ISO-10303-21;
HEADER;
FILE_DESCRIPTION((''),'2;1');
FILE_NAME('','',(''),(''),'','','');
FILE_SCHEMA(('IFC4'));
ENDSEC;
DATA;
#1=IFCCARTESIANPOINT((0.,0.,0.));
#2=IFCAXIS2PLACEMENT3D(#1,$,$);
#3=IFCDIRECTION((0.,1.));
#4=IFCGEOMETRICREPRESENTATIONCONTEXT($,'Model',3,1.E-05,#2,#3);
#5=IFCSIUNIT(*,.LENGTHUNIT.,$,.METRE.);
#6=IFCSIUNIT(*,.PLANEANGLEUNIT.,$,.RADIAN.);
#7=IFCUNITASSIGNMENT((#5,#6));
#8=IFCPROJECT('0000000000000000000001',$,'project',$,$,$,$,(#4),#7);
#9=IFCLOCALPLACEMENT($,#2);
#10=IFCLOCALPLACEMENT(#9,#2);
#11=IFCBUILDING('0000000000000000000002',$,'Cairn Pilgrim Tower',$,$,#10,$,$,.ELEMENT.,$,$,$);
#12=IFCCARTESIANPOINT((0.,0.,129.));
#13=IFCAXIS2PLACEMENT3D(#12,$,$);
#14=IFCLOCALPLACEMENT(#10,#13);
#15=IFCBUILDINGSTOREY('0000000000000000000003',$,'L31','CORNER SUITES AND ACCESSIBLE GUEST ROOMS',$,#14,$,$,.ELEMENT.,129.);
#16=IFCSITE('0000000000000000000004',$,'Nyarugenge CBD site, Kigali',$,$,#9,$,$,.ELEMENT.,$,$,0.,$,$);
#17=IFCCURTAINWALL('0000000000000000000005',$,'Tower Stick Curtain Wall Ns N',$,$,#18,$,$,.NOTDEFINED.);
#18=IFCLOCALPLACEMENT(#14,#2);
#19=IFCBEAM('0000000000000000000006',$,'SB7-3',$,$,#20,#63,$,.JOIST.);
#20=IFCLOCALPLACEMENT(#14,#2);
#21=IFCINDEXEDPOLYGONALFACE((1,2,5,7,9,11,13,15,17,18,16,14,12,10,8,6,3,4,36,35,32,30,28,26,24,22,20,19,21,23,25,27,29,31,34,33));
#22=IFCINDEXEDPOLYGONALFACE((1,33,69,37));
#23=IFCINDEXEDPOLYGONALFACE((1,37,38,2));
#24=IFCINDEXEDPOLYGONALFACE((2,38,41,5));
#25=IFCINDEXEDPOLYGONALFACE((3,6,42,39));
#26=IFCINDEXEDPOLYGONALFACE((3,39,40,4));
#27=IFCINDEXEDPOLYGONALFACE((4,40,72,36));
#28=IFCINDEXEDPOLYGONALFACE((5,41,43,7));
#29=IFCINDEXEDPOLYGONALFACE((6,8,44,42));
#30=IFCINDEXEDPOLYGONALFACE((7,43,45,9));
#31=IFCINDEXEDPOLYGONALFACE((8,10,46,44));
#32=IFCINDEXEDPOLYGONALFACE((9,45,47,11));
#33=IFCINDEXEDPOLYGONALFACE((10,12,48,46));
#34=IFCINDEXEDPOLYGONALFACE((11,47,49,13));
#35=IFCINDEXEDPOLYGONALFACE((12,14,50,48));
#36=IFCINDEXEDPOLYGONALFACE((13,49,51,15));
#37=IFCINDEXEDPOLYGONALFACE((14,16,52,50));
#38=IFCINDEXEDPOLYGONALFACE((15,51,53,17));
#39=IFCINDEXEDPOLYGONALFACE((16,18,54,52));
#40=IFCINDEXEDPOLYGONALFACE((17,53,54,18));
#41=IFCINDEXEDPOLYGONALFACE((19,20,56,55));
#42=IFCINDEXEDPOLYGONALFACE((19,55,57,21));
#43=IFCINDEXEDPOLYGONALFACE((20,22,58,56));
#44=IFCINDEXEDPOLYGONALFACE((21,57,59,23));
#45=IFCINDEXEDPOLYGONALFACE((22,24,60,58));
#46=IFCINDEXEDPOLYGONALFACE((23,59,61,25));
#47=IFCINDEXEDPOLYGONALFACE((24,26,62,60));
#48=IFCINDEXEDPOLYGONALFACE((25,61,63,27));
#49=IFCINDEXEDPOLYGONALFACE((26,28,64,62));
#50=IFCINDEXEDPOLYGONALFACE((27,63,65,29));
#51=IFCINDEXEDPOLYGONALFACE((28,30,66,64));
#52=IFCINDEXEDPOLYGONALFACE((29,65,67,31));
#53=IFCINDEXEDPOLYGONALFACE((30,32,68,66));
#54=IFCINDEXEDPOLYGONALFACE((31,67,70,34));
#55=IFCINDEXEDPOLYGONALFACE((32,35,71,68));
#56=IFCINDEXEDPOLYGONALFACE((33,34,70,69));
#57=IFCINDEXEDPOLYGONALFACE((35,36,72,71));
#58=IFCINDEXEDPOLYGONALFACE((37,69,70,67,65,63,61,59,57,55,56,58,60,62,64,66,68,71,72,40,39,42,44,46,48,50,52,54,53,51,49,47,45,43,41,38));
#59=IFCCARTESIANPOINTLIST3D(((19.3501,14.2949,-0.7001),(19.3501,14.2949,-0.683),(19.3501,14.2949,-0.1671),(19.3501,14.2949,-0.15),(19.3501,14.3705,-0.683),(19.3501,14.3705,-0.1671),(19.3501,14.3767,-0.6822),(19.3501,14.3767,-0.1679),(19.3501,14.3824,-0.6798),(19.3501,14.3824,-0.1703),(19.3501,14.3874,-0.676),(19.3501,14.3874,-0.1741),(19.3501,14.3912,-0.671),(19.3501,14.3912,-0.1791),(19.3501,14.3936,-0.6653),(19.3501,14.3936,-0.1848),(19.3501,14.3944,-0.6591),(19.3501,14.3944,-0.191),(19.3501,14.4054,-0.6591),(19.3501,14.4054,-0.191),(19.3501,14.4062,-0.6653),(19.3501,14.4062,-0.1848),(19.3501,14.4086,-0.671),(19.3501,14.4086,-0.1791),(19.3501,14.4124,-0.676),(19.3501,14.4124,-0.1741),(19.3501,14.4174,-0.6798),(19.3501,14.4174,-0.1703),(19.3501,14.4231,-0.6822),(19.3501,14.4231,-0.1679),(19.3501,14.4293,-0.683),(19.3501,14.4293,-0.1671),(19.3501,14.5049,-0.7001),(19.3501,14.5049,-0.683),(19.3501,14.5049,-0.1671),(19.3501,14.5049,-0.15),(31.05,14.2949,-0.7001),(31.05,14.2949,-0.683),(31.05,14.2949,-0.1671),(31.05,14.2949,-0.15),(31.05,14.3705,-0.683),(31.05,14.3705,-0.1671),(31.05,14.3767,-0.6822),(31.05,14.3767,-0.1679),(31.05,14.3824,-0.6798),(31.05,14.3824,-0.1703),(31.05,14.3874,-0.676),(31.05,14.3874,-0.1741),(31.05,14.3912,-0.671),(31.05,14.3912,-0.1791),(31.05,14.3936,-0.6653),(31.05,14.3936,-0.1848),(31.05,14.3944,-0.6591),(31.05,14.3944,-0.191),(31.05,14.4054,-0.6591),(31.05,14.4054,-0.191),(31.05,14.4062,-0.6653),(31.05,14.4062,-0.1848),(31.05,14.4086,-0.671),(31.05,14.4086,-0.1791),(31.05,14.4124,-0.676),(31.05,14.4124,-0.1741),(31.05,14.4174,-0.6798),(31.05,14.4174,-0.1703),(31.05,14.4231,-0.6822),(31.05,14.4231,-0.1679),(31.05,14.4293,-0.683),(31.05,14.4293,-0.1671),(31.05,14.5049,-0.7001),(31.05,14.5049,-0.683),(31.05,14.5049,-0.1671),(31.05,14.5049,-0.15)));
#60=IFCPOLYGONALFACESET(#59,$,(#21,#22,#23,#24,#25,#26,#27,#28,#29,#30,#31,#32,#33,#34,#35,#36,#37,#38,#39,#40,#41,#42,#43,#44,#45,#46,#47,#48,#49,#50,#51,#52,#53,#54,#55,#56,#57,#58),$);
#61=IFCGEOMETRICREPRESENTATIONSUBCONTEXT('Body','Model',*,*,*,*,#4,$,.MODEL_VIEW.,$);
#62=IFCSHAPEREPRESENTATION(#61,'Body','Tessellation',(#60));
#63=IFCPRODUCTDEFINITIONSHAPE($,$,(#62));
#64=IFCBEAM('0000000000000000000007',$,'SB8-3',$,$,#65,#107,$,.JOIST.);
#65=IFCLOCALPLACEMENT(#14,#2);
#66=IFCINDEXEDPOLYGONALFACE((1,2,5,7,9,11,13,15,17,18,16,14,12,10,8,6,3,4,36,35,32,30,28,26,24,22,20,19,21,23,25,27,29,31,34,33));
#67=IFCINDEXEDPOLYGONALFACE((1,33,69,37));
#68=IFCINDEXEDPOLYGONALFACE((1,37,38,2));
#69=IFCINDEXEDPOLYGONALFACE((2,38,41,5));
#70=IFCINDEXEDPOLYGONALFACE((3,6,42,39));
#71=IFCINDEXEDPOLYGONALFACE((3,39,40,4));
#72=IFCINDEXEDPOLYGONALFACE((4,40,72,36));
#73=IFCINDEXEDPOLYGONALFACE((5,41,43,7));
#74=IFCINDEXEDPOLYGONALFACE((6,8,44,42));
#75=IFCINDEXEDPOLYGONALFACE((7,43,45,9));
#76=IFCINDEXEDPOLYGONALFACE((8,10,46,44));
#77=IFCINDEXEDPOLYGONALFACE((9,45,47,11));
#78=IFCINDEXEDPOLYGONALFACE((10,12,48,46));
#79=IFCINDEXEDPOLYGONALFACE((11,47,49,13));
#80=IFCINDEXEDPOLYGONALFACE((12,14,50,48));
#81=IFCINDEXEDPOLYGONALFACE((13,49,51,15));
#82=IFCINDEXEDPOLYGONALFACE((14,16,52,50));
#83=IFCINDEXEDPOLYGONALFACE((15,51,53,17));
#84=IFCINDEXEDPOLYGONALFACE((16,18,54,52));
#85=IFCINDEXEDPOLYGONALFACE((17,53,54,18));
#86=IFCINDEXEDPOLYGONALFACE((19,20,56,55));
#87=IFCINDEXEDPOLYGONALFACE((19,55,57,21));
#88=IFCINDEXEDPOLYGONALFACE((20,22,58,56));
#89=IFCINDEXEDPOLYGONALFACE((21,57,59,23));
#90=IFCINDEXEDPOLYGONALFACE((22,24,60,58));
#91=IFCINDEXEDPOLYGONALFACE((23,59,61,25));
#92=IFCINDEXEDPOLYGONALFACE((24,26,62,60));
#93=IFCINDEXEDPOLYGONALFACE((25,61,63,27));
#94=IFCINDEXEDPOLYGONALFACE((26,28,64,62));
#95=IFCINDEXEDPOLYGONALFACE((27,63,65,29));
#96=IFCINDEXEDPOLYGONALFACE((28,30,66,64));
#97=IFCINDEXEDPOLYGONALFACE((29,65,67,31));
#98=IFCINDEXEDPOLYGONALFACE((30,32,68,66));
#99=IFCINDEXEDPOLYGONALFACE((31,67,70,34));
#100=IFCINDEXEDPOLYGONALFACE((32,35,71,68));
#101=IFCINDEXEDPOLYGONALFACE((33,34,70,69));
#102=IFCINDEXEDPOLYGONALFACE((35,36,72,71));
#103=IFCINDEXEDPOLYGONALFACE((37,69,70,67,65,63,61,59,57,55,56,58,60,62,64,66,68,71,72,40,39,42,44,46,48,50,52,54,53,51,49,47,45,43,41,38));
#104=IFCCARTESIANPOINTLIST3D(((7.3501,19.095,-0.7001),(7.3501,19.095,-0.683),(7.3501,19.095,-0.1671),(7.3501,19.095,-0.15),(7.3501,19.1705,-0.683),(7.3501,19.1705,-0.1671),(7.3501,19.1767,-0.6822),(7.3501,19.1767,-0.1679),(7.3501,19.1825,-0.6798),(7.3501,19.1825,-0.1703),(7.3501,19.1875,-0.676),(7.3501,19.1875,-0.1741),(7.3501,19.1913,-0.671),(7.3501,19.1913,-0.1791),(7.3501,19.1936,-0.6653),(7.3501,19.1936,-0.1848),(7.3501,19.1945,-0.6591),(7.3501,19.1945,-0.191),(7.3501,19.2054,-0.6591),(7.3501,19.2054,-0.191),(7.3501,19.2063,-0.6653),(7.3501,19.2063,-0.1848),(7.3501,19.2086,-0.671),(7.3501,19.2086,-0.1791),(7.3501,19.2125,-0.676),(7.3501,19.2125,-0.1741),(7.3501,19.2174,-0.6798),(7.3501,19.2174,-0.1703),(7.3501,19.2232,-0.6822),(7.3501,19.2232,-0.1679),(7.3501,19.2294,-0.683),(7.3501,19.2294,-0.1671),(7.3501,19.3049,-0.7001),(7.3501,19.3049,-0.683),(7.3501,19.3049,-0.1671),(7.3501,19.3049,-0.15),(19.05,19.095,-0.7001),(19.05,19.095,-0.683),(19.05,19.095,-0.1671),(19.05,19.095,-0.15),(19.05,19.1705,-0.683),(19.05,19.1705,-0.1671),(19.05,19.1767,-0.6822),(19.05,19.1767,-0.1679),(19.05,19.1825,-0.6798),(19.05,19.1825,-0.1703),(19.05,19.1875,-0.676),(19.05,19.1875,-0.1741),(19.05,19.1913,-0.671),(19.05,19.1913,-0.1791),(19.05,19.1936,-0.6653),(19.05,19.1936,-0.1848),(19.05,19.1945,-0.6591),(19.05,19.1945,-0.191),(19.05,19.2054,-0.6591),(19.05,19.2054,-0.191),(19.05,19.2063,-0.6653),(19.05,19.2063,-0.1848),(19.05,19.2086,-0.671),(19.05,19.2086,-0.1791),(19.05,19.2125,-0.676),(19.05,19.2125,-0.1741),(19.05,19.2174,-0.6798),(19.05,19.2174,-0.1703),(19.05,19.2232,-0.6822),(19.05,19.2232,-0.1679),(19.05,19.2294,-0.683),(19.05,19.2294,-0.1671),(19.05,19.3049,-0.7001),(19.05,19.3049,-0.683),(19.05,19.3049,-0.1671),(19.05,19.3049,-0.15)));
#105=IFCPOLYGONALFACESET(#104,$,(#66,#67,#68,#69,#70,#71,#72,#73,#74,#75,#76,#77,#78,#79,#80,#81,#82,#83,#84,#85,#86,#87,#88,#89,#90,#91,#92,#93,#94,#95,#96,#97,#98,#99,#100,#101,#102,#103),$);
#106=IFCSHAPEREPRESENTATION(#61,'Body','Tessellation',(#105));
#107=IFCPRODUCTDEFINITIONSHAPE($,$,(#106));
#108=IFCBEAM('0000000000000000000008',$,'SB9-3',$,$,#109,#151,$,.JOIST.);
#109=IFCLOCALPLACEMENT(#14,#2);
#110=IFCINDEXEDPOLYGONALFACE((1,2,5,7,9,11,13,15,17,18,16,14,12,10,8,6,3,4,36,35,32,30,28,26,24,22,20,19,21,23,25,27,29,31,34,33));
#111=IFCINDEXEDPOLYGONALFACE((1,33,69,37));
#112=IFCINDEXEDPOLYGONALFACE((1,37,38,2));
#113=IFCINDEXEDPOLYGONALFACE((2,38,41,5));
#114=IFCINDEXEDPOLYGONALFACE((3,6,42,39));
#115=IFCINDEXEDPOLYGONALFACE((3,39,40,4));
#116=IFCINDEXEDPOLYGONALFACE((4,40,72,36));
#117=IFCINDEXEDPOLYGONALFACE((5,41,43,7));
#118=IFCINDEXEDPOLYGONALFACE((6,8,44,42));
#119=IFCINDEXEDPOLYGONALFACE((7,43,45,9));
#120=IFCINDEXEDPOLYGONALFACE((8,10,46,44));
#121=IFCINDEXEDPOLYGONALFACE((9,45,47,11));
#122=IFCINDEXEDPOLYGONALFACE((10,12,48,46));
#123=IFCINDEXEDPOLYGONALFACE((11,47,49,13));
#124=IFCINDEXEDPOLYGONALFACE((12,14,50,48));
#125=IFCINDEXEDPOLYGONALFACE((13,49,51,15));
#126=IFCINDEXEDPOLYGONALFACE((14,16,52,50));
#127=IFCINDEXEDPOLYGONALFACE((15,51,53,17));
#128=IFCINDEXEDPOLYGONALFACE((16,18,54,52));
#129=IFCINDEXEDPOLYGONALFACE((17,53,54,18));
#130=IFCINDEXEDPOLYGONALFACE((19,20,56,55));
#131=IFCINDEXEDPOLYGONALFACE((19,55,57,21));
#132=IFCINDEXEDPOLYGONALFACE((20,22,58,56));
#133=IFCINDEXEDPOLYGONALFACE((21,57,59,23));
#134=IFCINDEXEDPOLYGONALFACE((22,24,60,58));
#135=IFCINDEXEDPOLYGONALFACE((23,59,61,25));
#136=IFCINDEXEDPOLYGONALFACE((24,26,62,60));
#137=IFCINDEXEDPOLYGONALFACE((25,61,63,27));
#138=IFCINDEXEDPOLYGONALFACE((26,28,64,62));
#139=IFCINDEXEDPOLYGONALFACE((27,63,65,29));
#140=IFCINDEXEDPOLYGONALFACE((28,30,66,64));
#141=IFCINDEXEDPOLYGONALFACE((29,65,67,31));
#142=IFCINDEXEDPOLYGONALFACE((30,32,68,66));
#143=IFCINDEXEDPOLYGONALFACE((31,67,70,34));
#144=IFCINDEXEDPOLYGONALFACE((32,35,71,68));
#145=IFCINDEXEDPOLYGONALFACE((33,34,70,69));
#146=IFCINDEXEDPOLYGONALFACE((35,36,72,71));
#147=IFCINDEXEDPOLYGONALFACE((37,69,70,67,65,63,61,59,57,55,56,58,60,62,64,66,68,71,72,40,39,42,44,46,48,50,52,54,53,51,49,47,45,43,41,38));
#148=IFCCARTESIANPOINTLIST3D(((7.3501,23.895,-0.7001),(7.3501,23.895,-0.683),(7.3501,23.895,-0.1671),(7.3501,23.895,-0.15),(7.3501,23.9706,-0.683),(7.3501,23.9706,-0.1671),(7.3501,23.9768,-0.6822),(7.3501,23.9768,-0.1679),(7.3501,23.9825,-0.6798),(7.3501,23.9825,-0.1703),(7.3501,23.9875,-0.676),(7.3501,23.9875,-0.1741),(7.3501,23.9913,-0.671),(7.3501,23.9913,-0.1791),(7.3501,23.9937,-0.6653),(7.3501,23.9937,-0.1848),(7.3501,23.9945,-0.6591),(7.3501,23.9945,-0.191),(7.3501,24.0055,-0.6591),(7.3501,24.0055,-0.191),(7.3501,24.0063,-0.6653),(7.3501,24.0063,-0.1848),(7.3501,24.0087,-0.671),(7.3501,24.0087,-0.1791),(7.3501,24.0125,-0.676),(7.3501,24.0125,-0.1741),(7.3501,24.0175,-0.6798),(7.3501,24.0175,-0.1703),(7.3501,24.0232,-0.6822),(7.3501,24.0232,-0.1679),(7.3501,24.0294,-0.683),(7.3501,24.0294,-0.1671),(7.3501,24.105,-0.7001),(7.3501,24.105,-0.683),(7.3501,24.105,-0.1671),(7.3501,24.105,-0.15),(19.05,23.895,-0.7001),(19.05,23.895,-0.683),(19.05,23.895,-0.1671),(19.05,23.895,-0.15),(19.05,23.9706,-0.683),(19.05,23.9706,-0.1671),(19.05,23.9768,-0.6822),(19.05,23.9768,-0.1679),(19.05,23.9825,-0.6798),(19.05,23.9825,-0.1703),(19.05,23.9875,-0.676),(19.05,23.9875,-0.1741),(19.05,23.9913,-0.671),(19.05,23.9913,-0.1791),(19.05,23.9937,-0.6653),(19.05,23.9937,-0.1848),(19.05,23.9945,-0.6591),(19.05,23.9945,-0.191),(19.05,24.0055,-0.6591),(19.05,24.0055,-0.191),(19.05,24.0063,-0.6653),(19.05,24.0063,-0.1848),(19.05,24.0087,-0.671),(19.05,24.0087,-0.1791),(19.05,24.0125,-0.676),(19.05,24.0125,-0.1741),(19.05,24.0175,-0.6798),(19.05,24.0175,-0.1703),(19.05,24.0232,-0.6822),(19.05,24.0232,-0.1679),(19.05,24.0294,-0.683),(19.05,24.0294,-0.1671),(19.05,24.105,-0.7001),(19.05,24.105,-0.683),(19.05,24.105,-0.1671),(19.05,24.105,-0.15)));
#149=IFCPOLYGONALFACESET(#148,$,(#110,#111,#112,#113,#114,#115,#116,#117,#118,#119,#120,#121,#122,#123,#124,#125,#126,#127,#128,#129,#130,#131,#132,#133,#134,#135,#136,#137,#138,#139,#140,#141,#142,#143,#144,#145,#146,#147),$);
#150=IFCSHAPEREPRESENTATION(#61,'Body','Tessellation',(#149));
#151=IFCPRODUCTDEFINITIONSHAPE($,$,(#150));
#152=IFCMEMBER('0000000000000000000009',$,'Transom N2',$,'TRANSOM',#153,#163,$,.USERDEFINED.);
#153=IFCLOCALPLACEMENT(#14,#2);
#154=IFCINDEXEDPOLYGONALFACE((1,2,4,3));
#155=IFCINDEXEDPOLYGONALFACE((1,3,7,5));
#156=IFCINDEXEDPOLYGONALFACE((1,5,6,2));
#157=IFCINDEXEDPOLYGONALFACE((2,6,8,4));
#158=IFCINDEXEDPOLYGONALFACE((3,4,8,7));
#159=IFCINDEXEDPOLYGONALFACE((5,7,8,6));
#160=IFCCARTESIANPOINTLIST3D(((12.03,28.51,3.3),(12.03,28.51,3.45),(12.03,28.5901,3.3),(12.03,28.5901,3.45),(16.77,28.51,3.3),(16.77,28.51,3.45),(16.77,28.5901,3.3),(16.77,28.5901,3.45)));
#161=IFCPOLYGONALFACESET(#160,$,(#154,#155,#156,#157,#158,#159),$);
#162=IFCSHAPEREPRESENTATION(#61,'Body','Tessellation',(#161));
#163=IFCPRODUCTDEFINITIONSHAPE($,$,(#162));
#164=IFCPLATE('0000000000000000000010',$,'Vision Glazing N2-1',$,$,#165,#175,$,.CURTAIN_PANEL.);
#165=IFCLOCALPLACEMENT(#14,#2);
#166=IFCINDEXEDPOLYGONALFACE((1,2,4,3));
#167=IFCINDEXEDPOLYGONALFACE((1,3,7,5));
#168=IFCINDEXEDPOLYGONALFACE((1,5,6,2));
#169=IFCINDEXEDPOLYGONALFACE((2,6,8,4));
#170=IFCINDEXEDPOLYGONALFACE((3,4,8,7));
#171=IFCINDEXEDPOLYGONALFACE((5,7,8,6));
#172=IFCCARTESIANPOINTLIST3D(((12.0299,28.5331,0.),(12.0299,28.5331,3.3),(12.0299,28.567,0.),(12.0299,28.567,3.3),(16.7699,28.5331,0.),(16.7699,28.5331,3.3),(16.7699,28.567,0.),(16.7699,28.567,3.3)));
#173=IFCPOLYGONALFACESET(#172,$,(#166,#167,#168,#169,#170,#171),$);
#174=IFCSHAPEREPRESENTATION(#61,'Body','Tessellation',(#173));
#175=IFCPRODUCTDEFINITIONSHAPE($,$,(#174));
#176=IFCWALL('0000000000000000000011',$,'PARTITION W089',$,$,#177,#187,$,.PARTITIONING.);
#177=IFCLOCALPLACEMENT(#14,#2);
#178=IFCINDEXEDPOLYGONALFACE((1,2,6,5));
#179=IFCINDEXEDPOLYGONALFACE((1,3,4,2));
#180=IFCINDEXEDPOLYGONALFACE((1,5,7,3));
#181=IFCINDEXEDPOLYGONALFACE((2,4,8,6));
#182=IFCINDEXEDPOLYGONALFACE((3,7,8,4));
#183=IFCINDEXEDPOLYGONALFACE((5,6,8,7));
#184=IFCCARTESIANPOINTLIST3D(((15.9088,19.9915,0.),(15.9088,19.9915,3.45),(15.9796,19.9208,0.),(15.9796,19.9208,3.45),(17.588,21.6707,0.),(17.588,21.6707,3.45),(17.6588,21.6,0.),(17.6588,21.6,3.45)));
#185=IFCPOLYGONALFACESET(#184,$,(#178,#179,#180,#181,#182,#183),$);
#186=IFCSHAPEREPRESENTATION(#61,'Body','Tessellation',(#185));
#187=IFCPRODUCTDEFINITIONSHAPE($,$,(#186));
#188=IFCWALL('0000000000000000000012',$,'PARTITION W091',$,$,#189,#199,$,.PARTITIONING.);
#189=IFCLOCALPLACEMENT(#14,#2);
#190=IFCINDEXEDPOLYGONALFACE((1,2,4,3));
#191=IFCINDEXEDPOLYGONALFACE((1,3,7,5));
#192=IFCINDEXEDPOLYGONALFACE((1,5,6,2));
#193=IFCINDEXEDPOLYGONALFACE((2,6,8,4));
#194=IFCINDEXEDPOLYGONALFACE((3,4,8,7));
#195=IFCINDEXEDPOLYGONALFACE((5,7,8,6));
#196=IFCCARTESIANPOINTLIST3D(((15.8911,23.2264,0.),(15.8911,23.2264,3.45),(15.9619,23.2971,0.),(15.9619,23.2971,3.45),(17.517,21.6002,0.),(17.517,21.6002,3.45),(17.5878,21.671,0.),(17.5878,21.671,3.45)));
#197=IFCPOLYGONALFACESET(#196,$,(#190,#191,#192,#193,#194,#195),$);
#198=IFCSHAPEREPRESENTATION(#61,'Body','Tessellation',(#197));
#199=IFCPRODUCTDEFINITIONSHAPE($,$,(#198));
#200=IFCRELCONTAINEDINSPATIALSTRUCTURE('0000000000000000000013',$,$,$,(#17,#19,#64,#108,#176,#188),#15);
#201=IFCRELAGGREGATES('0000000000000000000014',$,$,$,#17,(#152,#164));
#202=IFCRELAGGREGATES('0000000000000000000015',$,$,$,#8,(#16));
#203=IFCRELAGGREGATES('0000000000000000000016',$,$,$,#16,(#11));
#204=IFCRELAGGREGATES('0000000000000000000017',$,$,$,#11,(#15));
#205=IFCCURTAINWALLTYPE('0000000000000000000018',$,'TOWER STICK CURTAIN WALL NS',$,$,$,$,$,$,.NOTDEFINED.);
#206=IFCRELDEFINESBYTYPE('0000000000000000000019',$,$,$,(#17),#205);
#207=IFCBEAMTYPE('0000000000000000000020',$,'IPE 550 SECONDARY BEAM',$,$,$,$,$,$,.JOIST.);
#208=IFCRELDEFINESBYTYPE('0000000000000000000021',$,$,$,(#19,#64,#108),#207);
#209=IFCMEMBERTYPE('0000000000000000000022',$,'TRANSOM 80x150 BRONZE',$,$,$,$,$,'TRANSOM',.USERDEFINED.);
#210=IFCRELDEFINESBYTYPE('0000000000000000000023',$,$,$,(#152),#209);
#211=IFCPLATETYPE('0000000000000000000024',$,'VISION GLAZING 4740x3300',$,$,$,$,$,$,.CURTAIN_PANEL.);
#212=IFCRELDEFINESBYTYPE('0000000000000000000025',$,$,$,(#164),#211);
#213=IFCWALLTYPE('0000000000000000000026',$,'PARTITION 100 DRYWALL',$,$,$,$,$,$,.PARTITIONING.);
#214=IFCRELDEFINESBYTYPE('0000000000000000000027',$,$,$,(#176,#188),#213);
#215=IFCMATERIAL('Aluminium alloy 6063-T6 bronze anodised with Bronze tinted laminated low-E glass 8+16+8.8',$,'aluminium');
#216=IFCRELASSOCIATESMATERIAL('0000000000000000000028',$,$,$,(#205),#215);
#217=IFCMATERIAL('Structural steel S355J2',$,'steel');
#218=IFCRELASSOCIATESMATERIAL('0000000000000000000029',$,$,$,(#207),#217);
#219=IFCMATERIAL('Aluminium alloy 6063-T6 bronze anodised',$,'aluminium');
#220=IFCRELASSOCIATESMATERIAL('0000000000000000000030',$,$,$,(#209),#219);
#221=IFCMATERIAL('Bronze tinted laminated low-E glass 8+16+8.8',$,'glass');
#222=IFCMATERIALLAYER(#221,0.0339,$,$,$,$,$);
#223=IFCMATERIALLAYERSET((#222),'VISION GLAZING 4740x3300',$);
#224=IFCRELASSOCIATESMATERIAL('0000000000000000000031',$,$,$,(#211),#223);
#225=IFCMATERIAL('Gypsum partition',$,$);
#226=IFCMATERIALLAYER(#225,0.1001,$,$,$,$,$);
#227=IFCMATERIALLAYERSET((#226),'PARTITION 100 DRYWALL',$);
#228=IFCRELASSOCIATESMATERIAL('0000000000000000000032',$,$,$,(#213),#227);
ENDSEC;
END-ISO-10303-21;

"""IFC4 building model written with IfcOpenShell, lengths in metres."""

from ifc_helpers import new_model, si_unit, direction, frame, frame_2d, origin, origin_2d, place, context, subcontext, project, spatial, rectangle, i_section, extrude, material, layer, layer_set, material_profile, profile_set, type_object, element, aggregate, save


model = new_model("IFC4")

# Units and contexts
model_context = context("Model", 3, precision=1e-05, world=origin(), true_north=direction((0.0, 1.0)))
body_context = subcontext(model_context, "Body", "Model", "MODEL_VIEW")
ifc_project = project(units=[si_unit("LENGTHUNIT", "METRE"), si_unit("PLANEANGLEUNIT", "RADIAN")], contexts=[model_context])

# Site, building, storey
site_placement = place(None, origin())
site = spatial("IfcSite", under=ifc_project, at=site_placement, Name="Nyarugenge CBD site, Kigali", CompositionType="ELEMENT", RefElevation=0.0)
building_placement = place(site_placement, origin())
building = spatial("IfcBuilding", under=site, at=building_placement, Name="Cairn Pilgrim Tower", CompositionType="ELEMENT")
storey_placement = place(building_placement, frame((0.0, 0.0, 129.0)))
storey = spatial("IfcBuildingStorey", under=building, at=storey_placement, Name="L31", Description="CORNER SUITES AND ACCESSIBLE GUEST ROOMS", CompositionType="ELEMENT", Elevation=129.0)

# Curtain wall
ifc_material_1 = material(Name="Aluminium alloy 6063-T6 bronze anodised with Bronze tinted laminated low-E glass 8+16+8.8", Category="aluminium")
curtain_wall_type = type_object("IfcCurtainWallType", Name="TOWER STICK CURTAIN WALL NS", PredefinedType="NOTDEFINED", material=ifc_material_1)
curtain_wall_placement = place(storey_placement, origin())
curtain_wall = element("IfcCurtainWall", 1, at=curtain_wall_placement, inside=storey, type_object=curtain_wall_type, Name="Tower Stick Curtain Wall Ns N", PredefinedType="NOTDEFINED")
ifc_material_2 = material(Name="Aluminium alloy 6063-T6 bronze anodised", Category="aluminium")

# Beams
ifc_material_3 = material(Name="Structural steel S355J2", Category="steel")
ifc_material_profile_1 = material_profile(ifc_material_3, i_section(OverallWidth=0.21, OverallDepth=0.55, WebThickness=0.011, FlangeThickness=0.0171, FilletRadius=0.0239, at=origin_2d()), Name="IPE 550")
ifc_profile_set_1 = profile_set([ifc_material_profile_1], Name="Structural steel S355J2")
beam_type_1 = type_object("IfcBeamType", Name="IPE 550 SECONDARY BEAM", PredefinedType="JOIST", material=ifc_profile_set_1)
for number, where, z_axis, x_axis, name in (
    (2, (19.3501, 14.3999, -0.425), (1.0, 0.0, 0.0), (0.0, 1.0, 0.0), "SB7-3"),
    (3, (7.3501, 19.2, -0.425), (1.0, 0.0, 0.0), (0.0, 1.0, 0.0), "SB8-3"),
    (4, (7.3501, 24.0, -0.425), (1.0, 0.0, 0.0), (0.0, 1.0, 0.0), "SB9-3"),
):
    element("IfcBeam", number, at=place(storey_placement, frame(where, z_axis=z_axis, x_axis=x_axis)), inside=storey, type_object=beam_type_1, Name=name, PredefinedType="JOIST", context=body_context, shape_type="SweptSolid", body=[
        extrude(i_section(OverallWidth=0.21, OverallDepth=0.55, WebThickness=0.011, FlangeThickness=0.0171, FilletRadius=0.0239, at=origin_2d()), origin(), (0.0, 0.0, 1.0), 11.7),
    ])

# Member
ifc_material_profile_2 = material_profile(ifc_material_2, rectangle(XDim=0.0801, YDim=0.1499, at=origin_2d()), Name="TRANSOM 80x150 BRONZE")
ifc_profile_set_2 = profile_set([ifc_material_profile_2], Name="Aluminium alloy 6063-T6 bronze anodised")
member_type_1 = type_object("IfcMemberType", Name="TRANSOM 80x150 BRONZE", ElementType="TRANSOM", PredefinedType="USERDEFINED", material=ifc_profile_set_2)
member_1_placement = place(storey_placement, frame((16.77, 28.55, 3.375), z_axis=(-1.0, 0.0, 0.0), x_axis=(0.0, -1.0, 0.0)))
member_1 = element("IfcMember", 5, at=member_1_placement, type_object=member_type_1, Name="Transom N2", ObjectType="TRANSOM", PredefinedType="USERDEFINED", context=body_context, shape_type="SweptSolid", body=[
    extrude(rectangle(XDim=0.0801, YDim=0.1499, at=origin_2d()), origin(), (0.0, 0.0, 1.0), 4.74),
])

# Plate
ifc_material_4 = material(Name="Bronze tinted laminated low-E glass 8+16+8.8", Category="glass")
ifc_layer_1 = layer(ifc_material_4, 0.0339)
ifc_layer_set_1 = layer_set([ifc_layer_1], Name="VISION GLAZING 4740x3300")
plate_type = type_object("IfcPlateType", Name="VISION GLAZING 4740x3300", PredefinedType="CURTAIN_PANEL", material=ifc_layer_set_1)
plate_placement = place(storey_placement, frame((14.3999, 28.55, 0.0), z_axis=(0.0, 0.0, 1.0), x_axis=(-1.0, 0.0, 0.0)))
plate = element("IfcPlate", 6, at=plate_placement, type_object=plate_type, Name="Vision Glazing N2-1", PredefinedType="CURTAIN_PANEL", context=body_context, shape_type="SweptSolid", body=[
    extrude(rectangle(XDim=4.74, YDim=0.0339, at=origin_2d()), origin(), (0.0, 0.0, 1.0), 3.3),
])
aggregate(curtain_wall, [member_1, plate])

# Walls
ifc_material_5 = material(Name="Gypsum partition")
ifc_layer_2 = layer(ifc_material_5, 0.1001)
ifc_layer_set_2 = layer_set([ifc_layer_2], Name="PARTITION 100 DRYWALL")
wall_type_1 = type_object("IfcWallType", Name="PARTITION 100 DRYWALL", PredefinedType="PARTITIONING", material=ifc_layer_set_2)
wall_1_placement = place(storey_placement, frame((15.9441, 19.9561, 0.0), z_axis=(0.0, 0.0, 1.0), x_axis=(0.707107, 0.707107, 0.0)))
element("IfcWall", 7, at=wall_1_placement, inside=storey, type_object=wall_type_1, Name="PARTITION W089", PredefinedType="PARTITIONING", context=body_context, shape_type="SweptSolid", body=[
    extrude(rectangle(XDim=2.3748, YDim=0.1001, at=frame_2d((1.1875, 0.0))), origin(), (0.0, 0.0, 1.0), 3.45),
])
wall_2_placement = place(storey_placement, frame((17.5525, 21.6355, 0.0), z_axis=(0.0, 0.0, 1.0), x_axis=(-0.707054, 0.70716, 0.0)))
element("IfcWall", 8, at=wall_2_placement, inside=storey, type_object=wall_type_1, Name="PARTITION W091", PredefinedType="PARTITIONING", context=body_context, shape_type="SweptSolid", body=[
    extrude(rectangle(XDim=2.2996, YDim=0.1001, at=frame_2d((1.1499, 0.0))), origin(), (0.0, 0.0, 1.0), 3.45),
])

save(model, "model.ifc")
